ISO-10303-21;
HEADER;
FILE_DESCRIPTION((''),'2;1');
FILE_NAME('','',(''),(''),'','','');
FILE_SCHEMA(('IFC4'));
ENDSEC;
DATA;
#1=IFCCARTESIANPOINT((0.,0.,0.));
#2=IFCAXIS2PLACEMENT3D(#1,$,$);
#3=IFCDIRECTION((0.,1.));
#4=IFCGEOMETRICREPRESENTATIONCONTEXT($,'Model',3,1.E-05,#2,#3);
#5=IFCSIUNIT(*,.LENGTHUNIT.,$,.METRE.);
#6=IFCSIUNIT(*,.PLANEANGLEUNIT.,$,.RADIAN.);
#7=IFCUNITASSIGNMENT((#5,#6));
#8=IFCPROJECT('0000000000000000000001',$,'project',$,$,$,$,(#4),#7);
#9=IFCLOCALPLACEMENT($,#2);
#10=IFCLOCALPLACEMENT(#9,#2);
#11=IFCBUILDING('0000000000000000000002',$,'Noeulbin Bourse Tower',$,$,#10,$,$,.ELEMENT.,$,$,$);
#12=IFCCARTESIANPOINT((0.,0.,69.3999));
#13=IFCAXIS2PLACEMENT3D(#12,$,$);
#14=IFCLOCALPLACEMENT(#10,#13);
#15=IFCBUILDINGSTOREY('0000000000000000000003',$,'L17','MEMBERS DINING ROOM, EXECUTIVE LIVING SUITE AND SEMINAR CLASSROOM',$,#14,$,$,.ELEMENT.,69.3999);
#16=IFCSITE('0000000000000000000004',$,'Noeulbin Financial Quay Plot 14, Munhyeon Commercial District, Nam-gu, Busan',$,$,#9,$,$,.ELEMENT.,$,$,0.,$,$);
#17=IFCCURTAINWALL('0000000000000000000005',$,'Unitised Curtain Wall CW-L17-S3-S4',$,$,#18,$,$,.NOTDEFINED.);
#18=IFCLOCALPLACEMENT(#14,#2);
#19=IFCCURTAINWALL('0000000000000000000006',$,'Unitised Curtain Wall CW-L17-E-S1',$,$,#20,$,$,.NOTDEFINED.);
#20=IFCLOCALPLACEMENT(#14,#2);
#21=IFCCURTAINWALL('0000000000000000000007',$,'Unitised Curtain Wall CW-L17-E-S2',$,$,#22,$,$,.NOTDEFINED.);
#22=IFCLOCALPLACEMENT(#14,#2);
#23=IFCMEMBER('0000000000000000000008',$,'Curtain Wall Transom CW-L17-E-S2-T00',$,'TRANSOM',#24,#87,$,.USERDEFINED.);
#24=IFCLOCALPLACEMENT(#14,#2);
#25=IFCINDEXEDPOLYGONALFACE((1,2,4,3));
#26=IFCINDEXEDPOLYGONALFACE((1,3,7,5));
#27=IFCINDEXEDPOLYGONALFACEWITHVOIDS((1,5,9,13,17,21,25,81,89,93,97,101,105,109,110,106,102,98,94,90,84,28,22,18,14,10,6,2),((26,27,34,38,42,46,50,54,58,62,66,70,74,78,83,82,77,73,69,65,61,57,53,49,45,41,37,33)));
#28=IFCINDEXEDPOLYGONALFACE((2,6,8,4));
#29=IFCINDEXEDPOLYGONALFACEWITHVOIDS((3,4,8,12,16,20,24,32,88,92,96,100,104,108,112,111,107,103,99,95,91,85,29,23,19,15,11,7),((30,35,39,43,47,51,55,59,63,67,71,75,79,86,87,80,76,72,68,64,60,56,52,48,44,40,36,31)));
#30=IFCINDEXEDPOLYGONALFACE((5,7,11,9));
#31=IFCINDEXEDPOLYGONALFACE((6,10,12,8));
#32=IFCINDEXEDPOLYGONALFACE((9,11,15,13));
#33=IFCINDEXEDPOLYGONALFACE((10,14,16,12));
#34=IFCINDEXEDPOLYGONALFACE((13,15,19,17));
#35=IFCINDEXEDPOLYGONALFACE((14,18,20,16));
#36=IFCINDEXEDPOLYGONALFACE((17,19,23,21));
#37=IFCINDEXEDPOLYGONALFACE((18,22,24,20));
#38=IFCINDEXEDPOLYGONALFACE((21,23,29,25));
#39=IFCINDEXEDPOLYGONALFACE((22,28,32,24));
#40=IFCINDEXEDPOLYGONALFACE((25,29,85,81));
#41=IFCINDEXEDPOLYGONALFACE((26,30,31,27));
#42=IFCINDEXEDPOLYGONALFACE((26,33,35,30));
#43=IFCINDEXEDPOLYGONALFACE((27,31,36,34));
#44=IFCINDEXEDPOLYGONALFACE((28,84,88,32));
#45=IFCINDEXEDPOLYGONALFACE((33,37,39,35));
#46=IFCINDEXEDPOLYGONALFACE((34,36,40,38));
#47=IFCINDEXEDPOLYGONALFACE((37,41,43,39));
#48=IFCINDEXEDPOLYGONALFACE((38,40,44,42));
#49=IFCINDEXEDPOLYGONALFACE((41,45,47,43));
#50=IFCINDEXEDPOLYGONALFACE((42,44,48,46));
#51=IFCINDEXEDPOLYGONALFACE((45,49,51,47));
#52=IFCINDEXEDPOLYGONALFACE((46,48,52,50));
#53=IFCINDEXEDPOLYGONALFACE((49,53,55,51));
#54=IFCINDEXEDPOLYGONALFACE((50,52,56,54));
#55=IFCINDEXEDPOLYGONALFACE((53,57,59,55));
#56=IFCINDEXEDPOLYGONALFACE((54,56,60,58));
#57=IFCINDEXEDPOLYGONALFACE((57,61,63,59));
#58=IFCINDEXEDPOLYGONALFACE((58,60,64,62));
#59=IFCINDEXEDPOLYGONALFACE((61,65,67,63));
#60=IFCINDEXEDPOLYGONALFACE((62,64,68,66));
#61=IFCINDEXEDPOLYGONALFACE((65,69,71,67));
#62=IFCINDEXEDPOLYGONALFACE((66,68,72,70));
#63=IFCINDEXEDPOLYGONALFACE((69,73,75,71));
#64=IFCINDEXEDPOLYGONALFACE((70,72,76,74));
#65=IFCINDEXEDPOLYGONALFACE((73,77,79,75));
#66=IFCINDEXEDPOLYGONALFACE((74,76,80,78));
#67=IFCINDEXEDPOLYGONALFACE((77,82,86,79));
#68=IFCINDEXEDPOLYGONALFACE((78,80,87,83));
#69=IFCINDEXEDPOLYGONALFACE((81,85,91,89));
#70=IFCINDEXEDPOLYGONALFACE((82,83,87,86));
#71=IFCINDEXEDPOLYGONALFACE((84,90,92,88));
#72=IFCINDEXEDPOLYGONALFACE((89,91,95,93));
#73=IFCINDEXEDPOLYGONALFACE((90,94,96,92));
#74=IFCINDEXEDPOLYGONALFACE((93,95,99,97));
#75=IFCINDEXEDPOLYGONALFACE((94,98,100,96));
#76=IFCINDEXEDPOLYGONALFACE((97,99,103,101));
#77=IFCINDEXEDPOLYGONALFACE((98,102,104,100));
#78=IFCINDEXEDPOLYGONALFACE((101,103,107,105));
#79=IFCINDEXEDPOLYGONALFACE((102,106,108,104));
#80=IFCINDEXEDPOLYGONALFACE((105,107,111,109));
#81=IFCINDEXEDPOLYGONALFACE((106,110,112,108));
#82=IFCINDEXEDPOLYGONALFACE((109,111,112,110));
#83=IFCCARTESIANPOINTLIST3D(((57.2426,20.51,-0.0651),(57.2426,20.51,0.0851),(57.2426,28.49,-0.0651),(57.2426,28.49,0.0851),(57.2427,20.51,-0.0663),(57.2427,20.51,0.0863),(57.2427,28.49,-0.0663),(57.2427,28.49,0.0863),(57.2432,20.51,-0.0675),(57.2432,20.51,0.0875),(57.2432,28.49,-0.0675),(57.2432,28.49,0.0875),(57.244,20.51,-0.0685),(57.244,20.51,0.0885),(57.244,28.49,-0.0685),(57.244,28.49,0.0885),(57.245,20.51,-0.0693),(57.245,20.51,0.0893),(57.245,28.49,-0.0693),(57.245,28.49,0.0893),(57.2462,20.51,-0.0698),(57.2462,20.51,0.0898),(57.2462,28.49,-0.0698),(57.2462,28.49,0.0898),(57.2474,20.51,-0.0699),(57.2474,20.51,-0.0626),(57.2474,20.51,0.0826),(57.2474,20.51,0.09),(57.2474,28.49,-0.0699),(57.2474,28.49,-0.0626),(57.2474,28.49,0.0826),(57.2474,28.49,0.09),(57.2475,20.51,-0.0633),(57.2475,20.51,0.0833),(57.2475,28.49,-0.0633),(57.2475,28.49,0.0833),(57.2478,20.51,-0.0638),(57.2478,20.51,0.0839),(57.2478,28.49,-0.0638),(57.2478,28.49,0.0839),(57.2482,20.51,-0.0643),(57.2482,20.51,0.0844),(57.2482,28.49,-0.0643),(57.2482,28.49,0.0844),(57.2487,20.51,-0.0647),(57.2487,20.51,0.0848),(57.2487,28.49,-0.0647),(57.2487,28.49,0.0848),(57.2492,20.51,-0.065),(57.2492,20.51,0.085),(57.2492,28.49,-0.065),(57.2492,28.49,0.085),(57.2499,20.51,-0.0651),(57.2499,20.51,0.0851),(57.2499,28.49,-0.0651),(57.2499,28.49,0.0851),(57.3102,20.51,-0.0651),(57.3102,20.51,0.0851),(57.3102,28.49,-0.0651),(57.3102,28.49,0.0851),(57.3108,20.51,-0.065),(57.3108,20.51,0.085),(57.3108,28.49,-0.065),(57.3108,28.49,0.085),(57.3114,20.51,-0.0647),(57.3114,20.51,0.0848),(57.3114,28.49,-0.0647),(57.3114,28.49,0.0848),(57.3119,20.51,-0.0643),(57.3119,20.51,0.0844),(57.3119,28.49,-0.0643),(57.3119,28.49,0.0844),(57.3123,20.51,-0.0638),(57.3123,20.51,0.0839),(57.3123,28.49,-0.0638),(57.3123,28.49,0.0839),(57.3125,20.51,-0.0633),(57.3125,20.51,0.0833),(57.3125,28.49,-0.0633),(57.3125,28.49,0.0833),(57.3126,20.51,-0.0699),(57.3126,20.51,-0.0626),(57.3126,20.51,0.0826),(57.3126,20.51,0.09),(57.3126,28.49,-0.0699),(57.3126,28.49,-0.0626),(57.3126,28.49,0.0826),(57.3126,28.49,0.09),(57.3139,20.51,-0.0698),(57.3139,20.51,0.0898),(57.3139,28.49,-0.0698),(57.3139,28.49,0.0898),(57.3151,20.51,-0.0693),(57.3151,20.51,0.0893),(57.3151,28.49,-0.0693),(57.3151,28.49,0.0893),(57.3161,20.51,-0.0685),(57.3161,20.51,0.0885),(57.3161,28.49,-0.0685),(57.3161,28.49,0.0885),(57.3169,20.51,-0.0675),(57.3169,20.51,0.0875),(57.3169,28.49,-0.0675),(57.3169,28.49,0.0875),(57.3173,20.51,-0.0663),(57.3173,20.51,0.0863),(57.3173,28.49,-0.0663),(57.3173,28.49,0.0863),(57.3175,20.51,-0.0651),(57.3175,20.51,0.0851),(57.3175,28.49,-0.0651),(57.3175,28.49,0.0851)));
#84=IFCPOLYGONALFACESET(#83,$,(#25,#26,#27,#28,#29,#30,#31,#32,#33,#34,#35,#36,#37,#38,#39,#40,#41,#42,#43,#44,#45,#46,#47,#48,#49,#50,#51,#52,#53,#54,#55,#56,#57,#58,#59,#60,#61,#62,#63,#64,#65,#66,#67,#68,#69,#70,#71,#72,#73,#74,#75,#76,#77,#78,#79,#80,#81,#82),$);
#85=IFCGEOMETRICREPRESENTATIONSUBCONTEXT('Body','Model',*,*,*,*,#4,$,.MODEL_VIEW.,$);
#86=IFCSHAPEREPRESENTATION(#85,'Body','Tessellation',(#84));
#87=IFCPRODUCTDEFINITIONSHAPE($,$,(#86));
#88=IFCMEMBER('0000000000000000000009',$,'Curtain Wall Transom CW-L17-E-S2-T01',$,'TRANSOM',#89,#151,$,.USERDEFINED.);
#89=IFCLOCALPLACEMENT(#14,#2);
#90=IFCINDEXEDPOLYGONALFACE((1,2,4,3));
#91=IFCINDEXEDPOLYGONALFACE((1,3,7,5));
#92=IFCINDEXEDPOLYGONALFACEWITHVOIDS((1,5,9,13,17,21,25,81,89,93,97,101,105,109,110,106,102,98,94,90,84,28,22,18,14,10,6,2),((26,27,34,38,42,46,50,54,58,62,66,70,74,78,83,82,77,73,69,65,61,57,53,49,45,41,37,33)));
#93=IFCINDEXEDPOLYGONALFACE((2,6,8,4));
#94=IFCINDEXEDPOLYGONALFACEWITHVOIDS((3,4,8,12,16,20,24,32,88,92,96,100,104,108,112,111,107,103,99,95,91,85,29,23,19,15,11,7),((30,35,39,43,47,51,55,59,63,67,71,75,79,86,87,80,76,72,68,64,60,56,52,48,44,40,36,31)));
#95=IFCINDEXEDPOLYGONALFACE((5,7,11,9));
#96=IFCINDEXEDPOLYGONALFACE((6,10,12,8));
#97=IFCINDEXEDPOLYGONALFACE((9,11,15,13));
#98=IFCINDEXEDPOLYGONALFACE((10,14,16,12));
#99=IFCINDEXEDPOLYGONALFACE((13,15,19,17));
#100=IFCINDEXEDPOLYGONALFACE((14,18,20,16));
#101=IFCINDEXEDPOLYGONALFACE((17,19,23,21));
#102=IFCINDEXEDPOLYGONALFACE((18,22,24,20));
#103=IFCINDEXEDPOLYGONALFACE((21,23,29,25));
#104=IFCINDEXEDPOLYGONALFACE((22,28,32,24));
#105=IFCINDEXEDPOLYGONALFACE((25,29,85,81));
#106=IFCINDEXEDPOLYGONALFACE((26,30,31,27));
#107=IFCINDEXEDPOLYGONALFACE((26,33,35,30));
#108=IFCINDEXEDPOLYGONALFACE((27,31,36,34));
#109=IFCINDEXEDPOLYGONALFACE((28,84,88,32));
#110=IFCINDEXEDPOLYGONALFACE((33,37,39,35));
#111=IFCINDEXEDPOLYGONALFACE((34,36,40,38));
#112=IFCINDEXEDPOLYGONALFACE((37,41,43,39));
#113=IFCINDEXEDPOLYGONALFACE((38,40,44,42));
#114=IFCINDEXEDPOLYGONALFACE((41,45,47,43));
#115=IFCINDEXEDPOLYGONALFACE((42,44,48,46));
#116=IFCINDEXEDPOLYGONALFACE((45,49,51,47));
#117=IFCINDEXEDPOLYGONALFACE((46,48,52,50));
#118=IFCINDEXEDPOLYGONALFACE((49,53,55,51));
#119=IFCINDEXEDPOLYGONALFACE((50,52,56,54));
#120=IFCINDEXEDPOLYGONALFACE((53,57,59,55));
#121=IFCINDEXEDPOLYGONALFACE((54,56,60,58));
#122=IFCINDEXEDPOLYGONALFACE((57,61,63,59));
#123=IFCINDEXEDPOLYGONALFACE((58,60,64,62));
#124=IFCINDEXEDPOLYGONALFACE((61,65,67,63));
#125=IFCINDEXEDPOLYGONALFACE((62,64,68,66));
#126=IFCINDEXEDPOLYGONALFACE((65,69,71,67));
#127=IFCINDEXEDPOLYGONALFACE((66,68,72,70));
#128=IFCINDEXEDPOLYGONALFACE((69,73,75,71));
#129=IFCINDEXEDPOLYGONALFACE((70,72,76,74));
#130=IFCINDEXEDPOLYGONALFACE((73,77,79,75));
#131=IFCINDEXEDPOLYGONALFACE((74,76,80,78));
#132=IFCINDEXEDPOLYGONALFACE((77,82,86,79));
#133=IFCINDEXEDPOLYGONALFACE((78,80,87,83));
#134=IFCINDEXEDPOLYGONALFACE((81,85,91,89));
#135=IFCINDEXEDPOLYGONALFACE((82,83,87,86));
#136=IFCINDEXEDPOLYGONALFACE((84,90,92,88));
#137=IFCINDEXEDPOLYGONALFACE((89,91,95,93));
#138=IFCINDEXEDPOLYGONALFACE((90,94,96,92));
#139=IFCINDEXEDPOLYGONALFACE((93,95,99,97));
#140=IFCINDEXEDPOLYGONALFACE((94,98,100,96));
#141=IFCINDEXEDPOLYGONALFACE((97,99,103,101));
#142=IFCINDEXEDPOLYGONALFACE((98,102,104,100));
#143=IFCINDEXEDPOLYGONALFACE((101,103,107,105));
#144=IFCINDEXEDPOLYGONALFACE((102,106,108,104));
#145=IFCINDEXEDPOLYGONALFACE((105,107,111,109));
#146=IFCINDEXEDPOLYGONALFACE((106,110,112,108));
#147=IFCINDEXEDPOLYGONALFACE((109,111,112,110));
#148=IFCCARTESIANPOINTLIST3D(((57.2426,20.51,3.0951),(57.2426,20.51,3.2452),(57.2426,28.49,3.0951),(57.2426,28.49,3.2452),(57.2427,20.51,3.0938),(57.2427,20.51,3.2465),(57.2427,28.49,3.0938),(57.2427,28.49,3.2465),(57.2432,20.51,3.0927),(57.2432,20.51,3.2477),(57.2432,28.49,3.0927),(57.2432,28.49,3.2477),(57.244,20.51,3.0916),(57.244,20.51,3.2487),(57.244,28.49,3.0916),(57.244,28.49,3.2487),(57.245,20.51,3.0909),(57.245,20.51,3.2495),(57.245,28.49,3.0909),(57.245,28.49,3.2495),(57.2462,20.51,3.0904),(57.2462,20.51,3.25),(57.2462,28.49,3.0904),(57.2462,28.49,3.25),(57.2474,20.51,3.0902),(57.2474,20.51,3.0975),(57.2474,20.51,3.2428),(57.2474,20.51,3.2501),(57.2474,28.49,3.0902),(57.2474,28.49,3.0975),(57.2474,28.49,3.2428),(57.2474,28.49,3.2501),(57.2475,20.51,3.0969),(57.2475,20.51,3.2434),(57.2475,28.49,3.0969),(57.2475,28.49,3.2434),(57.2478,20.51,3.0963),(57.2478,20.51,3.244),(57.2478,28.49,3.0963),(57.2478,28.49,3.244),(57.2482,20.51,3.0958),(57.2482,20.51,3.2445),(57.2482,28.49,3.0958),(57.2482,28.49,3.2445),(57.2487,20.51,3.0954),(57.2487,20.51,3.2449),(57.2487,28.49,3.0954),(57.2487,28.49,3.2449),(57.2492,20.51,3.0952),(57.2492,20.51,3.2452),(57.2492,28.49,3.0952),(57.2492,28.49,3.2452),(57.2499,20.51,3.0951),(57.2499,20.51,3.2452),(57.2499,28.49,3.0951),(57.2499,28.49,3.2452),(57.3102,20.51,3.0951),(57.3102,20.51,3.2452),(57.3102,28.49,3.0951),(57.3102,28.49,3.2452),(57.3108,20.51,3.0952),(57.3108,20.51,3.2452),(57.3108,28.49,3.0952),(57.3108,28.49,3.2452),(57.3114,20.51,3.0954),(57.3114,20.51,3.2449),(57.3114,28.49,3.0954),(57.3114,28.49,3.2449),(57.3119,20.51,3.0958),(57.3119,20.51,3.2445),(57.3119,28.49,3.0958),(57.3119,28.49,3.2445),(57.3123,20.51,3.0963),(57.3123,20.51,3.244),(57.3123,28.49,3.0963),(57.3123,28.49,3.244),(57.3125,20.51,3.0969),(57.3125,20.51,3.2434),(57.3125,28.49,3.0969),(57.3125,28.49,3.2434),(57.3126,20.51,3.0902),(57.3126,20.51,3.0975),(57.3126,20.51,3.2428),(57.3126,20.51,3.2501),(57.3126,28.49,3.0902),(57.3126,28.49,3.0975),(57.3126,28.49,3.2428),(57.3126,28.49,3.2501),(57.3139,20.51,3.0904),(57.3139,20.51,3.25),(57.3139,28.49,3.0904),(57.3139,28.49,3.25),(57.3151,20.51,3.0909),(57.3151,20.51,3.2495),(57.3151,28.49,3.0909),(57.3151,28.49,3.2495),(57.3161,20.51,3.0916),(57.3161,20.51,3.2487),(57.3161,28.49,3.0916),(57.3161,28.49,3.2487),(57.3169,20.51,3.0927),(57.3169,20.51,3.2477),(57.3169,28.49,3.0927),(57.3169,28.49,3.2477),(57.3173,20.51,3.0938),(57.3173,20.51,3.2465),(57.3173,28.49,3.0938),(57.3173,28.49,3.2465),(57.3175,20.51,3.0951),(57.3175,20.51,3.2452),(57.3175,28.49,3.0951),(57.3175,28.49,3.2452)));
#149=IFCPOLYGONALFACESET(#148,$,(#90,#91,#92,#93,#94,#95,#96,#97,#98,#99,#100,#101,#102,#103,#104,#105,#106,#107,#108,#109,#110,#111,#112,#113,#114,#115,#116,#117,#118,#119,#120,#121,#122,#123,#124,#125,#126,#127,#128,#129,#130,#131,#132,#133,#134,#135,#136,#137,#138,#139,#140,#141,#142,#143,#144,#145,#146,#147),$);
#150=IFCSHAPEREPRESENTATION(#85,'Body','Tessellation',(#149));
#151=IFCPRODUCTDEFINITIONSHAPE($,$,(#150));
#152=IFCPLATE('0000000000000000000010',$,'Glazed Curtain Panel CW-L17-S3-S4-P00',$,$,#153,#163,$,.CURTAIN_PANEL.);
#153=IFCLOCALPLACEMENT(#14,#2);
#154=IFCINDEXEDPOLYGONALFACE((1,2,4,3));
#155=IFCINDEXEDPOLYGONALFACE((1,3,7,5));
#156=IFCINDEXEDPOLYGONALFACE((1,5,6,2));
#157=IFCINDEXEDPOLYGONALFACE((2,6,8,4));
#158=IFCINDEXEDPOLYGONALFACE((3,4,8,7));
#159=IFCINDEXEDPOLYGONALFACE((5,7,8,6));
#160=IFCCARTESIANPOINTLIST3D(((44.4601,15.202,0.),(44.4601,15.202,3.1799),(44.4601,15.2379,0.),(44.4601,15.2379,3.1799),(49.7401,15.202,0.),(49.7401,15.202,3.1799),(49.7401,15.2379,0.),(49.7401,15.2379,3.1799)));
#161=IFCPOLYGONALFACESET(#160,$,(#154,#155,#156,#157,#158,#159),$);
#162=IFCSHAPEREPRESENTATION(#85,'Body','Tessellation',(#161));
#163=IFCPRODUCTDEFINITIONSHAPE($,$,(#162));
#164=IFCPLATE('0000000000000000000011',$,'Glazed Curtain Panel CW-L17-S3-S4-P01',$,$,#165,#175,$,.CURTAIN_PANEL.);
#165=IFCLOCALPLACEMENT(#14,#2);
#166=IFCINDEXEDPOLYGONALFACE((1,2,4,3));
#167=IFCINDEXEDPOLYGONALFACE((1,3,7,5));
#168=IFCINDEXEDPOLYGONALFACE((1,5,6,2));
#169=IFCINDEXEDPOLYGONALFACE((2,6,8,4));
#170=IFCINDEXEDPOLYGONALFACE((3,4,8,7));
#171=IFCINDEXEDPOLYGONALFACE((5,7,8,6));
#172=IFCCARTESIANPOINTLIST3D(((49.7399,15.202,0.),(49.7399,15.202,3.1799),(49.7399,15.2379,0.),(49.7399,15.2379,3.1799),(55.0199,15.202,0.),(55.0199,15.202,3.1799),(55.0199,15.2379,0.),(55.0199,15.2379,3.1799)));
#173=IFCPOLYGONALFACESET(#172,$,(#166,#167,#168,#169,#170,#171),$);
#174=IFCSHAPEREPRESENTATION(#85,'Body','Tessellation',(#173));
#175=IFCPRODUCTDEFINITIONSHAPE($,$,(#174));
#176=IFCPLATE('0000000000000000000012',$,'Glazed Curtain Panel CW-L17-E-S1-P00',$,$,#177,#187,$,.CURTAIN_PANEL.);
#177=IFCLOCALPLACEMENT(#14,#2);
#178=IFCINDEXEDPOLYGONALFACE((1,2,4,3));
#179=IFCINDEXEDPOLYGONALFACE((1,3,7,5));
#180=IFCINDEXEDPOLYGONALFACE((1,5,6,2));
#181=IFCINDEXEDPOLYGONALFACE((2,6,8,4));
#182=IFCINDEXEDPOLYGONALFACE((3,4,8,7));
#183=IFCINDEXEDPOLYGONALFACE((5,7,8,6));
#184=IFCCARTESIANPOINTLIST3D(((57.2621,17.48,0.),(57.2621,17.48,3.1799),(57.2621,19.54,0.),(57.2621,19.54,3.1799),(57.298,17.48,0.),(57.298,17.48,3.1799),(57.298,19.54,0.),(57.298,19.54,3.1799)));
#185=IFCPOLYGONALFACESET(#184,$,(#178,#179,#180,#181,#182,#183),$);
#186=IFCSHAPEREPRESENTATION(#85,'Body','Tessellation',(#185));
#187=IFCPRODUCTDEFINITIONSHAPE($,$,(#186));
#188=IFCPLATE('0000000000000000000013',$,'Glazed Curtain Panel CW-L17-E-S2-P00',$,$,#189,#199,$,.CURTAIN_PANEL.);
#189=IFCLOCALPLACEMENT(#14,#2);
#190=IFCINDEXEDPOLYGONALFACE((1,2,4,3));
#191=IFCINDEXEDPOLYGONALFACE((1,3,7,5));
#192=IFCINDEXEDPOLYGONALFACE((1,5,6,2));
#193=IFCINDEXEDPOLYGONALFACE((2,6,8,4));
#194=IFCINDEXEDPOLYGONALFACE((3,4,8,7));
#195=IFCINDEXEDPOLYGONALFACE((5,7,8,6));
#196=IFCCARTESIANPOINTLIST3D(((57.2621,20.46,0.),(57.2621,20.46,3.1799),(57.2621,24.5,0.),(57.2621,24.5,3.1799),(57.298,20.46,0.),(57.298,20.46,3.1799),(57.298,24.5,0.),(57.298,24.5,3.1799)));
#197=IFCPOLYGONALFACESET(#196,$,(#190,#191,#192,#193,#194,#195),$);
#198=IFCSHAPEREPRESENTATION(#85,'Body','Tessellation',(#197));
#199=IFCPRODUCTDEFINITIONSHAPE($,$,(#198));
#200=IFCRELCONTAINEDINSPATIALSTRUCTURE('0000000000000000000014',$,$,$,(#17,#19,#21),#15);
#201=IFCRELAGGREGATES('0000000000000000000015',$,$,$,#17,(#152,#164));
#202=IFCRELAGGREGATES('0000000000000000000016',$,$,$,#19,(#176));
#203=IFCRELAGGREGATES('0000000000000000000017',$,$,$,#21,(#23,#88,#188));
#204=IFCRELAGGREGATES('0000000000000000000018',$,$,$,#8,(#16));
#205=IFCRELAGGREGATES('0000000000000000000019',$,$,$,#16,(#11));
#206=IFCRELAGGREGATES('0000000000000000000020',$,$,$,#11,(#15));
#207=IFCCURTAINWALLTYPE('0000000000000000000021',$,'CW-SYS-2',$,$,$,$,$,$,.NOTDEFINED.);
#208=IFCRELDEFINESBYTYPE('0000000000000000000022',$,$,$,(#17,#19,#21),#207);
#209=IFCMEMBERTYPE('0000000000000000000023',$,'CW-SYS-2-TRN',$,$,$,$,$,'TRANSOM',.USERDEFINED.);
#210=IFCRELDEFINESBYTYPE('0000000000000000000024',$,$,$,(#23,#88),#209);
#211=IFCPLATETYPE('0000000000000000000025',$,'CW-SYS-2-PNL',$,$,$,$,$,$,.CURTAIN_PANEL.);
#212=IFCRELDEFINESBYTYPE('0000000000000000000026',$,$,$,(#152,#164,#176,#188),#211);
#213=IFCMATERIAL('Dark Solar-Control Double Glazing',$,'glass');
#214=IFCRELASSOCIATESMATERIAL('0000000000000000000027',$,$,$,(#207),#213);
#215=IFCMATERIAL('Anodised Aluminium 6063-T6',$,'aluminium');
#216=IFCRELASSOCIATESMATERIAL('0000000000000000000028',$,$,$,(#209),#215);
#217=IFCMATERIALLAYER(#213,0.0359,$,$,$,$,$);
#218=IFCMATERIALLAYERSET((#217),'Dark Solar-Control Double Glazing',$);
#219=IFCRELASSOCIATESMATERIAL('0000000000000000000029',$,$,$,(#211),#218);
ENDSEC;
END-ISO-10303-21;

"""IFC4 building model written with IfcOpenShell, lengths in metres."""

from ifc_helpers import new_model, si_unit, direction, frame, origin, origin_2d, place, context, subcontext, project, spatial, rectangle, hollow_rectangle, extrude, material, layer, layer_set, material_profile, profile_set, type_object, element, aggregate, save


model = new_model("IFC4")

# Units and contexts
model_context = context("Model", 3, precision=1e-05, world=origin(), true_north=direction((0.0, 1.0)))
body_context = subcontext(model_context, "Body", "Model", "MODEL_VIEW")
ifc_project = project(units=[si_unit("LENGTHUNIT", "METRE"), si_unit("PLANEANGLEUNIT", "RADIAN")], contexts=[model_context])

# Site, building, storey
site_placement = place(None, origin())
site = spatial("IfcSite", under=ifc_project, at=site_placement, Name="Noeulbin Financial Quay Plot 14, Munhyeon Commercial District, Nam-gu, Busan", CompositionType="ELEMENT", RefElevation=0.0)
building_placement = place(site_placement, origin())
building = spatial("IfcBuilding", under=site, at=building_placement, Name="Noeulbin Bourse Tower", CompositionType="ELEMENT")
storey_placement = place(building_placement, frame((0.0, 0.0, 69.3999)))
storey = spatial("IfcBuildingStorey", under=building, at=storey_placement, Name="L17", Description="MEMBERS DINING ROOM, EXECUTIVE LIVING SUITE AND SEMINAR CLASSROOM", CompositionType="ELEMENT", Elevation=69.3999)

# Curtain walls
ifc_material_1 = material(Name="Dark Solar-Control Double Glazing", Category="glass")
curtain_wall_type = type_object("IfcCurtainWallType", Name="CW-SYS-2", PredefinedType="NOTDEFINED", material=ifc_material_1)
curtain_wall_1_placement = place(storey_placement, origin())
curtain_wall_1 = element("IfcCurtainWall", 1, at=curtain_wall_1_placement, inside=storey, type_object=curtain_wall_type, Name="Unitised Curtain Wall CW-L17-S3-S4", PredefinedType="NOTDEFINED")
ifc_material_2 = material(Name="Anodised Aluminium 6063-T6", Category="aluminium")
curtain_wall_2_placement = place(storey_placement, origin())
curtain_wall_2 = element("IfcCurtainWall", 2, at=curtain_wall_2_placement, inside=storey, type_object=curtain_wall_type, Name="Unitised Curtain Wall CW-L17-E-S1", PredefinedType="NOTDEFINED")
curtain_wall_3_placement = place(storey_placement, origin())
curtain_wall_3 = element("IfcCurtainWall", 3, at=curtain_wall_3_placement, inside=storey, type_object=curtain_wall_type, Name="Unitised Curtain Wall CW-L17-E-S2", PredefinedType="NOTDEFINED")

# Members
ifc_material_profile_1 = material_profile(ifc_material_2, hollow_rectangle(XDim=0.075, YDim=0.1599, WallThickness=0.0049, InnerFilletRadius=0.0024, OuterFilletRadius=0.0049, at=origin_2d()), Name="ALU-TRAN-75x160x5", Category="LoadBearing")
ifc_profile_set_1 = profile_set([ifc_material_profile_1], Name="Anodised Aluminium 6063-T6")
member_type_1 = type_object("IfcMemberType", Name="CW-SYS-2-TRN", ElementType="TRANSOM", PredefinedType="USERDEFINED", material=ifc_profile_set_1)
member_1_placement = place(storey_placement, frame((57.28, 20.51, 0.01), z_axis=(0.0, 1.0, 0.0), x_axis=(-1.0, 0.0, 0.0)))
member_1 = element("IfcMember", 4, at=member_1_placement, type_object=member_type_1, Name="Curtain Wall Transom CW-L17-E-S2-T00", ObjectType="TRANSOM", PredefinedType="USERDEFINED", context=body_context, shape_type="SweptSolid", body=[
    extrude(hollow_rectangle(XDim=0.075, YDim=0.1599, WallThickness=0.0049, InnerFilletRadius=0.0024, OuterFilletRadius=0.0049, at=origin_2d()), origin(), (0.0, 0.0, 1.0), 7.98),
])
member_2_placement = place(storey_placement, frame((57.28, 20.51, 3.1702), z_axis=(0.0, 1.0, 0.0), x_axis=(-1.0, 0.0, 0.0)))
member_2 = element("IfcMember", 5, at=member_2_placement, type_object=member_type_1, Name="Curtain Wall Transom CW-L17-E-S2-T01", ObjectType="TRANSOM", PredefinedType="USERDEFINED", context=body_context, shape_type="SweptSolid", body=[
    extrude(hollow_rectangle(XDim=0.075, YDim=0.1599, WallThickness=0.0049, InnerFilletRadius=0.0024, OuterFilletRadius=0.0049, at=origin_2d()), origin(), (0.0, 0.0, 1.0), 7.98),
])

# Plates
ifc_layer_1 = layer(ifc_material_1, 0.0359)
ifc_layer_set_1 = layer_set([ifc_layer_1], Name="Dark Solar-Control Double Glazing")
plate_type_1 = type_object("IfcPlateType", Name="CW-SYS-2-PNL", PredefinedType="CURTAIN_PANEL", material=ifc_layer_set_1)
plate_1_placement = place(storey_placement, frame((47.1001, 15.22, 0.0), z_axis=(0.0, 0.0, 1.0), x_axis=(1.0, 0.0, 0.0)))
plate_1 = element("IfcPlate", 6, at=plate_1_placement, type_object=plate_type_1, Name="Glazed Curtain Panel CW-L17-S3-S4-P00", PredefinedType="CURTAIN_PANEL", context=body_context, shape_type="SweptSolid", body=[
    extrude(rectangle(XDim=5.28, YDim=0.0359, at=origin_2d()), origin(), (0.0, 0.0, 1.0), 3.1799),
])
plate_2_placement = place(storey_placement, frame((52.3799, 15.22, 0.0), z_axis=(0.0, 0.0, 1.0), x_axis=(1.0, 0.0, 0.0)))
plate_2 = element("IfcPlate", 7, at=plate_2_placement, type_object=plate_type_1, Name="Glazed Curtain Panel CW-L17-S3-S4-P01", PredefinedType="CURTAIN_PANEL", context=body_context, shape_type="SweptSolid", body=[
    extrude(rectangle(XDim=5.28, YDim=0.0359, at=origin_2d()), origin(), (0.0, 0.0, 1.0), 3.1799),
])
aggregate(curtain_wall_1, [plate_1, plate_2])
plate_3_placement = place(storey_placement, frame((57.28, 18.51, 0.0), z_axis=(0.0, 0.0, 1.0), x_axis=(0.0, 1.0, 0.0)))
plate_3 = element("IfcPlate", 8, at=plate_3_placement, type_object=plate_type_1, Name="Glazed Curtain Panel CW-L17-E-S1-P00", PredefinedType="CURTAIN_PANEL", context=body_context, shape_type="SweptSolid", body=[
    extrude(rectangle(XDim=2.0601, YDim=0.0359, at=origin_2d()), origin(), (0.0, 0.0, 1.0), 3.1799),
])
aggregate(curtain_wall_2, [plate_3])
plate_4_placement = place(storey_placement, frame((57.28, 22.48, 0.0), z_axis=(0.0, 0.0, 1.0), x_axis=(0.0, 1.0, 0.0)))
plate_4 = element("IfcPlate", 9, at=plate_4_placement, type_object=plate_type_1, Name="Glazed Curtain Panel CW-L17-E-S2-P00", PredefinedType="CURTAIN_PANEL", context=body_context, shape_type="SweptSolid", body=[
    extrude(rectangle(XDim=4.04, YDim=0.0359, at=origin_2d()), origin(), (0.0, 0.0, 1.0), 3.1799),
])
aggregate(curtain_wall_3, [member_1, member_2, plate_4])

save(model, "model.ifc")
